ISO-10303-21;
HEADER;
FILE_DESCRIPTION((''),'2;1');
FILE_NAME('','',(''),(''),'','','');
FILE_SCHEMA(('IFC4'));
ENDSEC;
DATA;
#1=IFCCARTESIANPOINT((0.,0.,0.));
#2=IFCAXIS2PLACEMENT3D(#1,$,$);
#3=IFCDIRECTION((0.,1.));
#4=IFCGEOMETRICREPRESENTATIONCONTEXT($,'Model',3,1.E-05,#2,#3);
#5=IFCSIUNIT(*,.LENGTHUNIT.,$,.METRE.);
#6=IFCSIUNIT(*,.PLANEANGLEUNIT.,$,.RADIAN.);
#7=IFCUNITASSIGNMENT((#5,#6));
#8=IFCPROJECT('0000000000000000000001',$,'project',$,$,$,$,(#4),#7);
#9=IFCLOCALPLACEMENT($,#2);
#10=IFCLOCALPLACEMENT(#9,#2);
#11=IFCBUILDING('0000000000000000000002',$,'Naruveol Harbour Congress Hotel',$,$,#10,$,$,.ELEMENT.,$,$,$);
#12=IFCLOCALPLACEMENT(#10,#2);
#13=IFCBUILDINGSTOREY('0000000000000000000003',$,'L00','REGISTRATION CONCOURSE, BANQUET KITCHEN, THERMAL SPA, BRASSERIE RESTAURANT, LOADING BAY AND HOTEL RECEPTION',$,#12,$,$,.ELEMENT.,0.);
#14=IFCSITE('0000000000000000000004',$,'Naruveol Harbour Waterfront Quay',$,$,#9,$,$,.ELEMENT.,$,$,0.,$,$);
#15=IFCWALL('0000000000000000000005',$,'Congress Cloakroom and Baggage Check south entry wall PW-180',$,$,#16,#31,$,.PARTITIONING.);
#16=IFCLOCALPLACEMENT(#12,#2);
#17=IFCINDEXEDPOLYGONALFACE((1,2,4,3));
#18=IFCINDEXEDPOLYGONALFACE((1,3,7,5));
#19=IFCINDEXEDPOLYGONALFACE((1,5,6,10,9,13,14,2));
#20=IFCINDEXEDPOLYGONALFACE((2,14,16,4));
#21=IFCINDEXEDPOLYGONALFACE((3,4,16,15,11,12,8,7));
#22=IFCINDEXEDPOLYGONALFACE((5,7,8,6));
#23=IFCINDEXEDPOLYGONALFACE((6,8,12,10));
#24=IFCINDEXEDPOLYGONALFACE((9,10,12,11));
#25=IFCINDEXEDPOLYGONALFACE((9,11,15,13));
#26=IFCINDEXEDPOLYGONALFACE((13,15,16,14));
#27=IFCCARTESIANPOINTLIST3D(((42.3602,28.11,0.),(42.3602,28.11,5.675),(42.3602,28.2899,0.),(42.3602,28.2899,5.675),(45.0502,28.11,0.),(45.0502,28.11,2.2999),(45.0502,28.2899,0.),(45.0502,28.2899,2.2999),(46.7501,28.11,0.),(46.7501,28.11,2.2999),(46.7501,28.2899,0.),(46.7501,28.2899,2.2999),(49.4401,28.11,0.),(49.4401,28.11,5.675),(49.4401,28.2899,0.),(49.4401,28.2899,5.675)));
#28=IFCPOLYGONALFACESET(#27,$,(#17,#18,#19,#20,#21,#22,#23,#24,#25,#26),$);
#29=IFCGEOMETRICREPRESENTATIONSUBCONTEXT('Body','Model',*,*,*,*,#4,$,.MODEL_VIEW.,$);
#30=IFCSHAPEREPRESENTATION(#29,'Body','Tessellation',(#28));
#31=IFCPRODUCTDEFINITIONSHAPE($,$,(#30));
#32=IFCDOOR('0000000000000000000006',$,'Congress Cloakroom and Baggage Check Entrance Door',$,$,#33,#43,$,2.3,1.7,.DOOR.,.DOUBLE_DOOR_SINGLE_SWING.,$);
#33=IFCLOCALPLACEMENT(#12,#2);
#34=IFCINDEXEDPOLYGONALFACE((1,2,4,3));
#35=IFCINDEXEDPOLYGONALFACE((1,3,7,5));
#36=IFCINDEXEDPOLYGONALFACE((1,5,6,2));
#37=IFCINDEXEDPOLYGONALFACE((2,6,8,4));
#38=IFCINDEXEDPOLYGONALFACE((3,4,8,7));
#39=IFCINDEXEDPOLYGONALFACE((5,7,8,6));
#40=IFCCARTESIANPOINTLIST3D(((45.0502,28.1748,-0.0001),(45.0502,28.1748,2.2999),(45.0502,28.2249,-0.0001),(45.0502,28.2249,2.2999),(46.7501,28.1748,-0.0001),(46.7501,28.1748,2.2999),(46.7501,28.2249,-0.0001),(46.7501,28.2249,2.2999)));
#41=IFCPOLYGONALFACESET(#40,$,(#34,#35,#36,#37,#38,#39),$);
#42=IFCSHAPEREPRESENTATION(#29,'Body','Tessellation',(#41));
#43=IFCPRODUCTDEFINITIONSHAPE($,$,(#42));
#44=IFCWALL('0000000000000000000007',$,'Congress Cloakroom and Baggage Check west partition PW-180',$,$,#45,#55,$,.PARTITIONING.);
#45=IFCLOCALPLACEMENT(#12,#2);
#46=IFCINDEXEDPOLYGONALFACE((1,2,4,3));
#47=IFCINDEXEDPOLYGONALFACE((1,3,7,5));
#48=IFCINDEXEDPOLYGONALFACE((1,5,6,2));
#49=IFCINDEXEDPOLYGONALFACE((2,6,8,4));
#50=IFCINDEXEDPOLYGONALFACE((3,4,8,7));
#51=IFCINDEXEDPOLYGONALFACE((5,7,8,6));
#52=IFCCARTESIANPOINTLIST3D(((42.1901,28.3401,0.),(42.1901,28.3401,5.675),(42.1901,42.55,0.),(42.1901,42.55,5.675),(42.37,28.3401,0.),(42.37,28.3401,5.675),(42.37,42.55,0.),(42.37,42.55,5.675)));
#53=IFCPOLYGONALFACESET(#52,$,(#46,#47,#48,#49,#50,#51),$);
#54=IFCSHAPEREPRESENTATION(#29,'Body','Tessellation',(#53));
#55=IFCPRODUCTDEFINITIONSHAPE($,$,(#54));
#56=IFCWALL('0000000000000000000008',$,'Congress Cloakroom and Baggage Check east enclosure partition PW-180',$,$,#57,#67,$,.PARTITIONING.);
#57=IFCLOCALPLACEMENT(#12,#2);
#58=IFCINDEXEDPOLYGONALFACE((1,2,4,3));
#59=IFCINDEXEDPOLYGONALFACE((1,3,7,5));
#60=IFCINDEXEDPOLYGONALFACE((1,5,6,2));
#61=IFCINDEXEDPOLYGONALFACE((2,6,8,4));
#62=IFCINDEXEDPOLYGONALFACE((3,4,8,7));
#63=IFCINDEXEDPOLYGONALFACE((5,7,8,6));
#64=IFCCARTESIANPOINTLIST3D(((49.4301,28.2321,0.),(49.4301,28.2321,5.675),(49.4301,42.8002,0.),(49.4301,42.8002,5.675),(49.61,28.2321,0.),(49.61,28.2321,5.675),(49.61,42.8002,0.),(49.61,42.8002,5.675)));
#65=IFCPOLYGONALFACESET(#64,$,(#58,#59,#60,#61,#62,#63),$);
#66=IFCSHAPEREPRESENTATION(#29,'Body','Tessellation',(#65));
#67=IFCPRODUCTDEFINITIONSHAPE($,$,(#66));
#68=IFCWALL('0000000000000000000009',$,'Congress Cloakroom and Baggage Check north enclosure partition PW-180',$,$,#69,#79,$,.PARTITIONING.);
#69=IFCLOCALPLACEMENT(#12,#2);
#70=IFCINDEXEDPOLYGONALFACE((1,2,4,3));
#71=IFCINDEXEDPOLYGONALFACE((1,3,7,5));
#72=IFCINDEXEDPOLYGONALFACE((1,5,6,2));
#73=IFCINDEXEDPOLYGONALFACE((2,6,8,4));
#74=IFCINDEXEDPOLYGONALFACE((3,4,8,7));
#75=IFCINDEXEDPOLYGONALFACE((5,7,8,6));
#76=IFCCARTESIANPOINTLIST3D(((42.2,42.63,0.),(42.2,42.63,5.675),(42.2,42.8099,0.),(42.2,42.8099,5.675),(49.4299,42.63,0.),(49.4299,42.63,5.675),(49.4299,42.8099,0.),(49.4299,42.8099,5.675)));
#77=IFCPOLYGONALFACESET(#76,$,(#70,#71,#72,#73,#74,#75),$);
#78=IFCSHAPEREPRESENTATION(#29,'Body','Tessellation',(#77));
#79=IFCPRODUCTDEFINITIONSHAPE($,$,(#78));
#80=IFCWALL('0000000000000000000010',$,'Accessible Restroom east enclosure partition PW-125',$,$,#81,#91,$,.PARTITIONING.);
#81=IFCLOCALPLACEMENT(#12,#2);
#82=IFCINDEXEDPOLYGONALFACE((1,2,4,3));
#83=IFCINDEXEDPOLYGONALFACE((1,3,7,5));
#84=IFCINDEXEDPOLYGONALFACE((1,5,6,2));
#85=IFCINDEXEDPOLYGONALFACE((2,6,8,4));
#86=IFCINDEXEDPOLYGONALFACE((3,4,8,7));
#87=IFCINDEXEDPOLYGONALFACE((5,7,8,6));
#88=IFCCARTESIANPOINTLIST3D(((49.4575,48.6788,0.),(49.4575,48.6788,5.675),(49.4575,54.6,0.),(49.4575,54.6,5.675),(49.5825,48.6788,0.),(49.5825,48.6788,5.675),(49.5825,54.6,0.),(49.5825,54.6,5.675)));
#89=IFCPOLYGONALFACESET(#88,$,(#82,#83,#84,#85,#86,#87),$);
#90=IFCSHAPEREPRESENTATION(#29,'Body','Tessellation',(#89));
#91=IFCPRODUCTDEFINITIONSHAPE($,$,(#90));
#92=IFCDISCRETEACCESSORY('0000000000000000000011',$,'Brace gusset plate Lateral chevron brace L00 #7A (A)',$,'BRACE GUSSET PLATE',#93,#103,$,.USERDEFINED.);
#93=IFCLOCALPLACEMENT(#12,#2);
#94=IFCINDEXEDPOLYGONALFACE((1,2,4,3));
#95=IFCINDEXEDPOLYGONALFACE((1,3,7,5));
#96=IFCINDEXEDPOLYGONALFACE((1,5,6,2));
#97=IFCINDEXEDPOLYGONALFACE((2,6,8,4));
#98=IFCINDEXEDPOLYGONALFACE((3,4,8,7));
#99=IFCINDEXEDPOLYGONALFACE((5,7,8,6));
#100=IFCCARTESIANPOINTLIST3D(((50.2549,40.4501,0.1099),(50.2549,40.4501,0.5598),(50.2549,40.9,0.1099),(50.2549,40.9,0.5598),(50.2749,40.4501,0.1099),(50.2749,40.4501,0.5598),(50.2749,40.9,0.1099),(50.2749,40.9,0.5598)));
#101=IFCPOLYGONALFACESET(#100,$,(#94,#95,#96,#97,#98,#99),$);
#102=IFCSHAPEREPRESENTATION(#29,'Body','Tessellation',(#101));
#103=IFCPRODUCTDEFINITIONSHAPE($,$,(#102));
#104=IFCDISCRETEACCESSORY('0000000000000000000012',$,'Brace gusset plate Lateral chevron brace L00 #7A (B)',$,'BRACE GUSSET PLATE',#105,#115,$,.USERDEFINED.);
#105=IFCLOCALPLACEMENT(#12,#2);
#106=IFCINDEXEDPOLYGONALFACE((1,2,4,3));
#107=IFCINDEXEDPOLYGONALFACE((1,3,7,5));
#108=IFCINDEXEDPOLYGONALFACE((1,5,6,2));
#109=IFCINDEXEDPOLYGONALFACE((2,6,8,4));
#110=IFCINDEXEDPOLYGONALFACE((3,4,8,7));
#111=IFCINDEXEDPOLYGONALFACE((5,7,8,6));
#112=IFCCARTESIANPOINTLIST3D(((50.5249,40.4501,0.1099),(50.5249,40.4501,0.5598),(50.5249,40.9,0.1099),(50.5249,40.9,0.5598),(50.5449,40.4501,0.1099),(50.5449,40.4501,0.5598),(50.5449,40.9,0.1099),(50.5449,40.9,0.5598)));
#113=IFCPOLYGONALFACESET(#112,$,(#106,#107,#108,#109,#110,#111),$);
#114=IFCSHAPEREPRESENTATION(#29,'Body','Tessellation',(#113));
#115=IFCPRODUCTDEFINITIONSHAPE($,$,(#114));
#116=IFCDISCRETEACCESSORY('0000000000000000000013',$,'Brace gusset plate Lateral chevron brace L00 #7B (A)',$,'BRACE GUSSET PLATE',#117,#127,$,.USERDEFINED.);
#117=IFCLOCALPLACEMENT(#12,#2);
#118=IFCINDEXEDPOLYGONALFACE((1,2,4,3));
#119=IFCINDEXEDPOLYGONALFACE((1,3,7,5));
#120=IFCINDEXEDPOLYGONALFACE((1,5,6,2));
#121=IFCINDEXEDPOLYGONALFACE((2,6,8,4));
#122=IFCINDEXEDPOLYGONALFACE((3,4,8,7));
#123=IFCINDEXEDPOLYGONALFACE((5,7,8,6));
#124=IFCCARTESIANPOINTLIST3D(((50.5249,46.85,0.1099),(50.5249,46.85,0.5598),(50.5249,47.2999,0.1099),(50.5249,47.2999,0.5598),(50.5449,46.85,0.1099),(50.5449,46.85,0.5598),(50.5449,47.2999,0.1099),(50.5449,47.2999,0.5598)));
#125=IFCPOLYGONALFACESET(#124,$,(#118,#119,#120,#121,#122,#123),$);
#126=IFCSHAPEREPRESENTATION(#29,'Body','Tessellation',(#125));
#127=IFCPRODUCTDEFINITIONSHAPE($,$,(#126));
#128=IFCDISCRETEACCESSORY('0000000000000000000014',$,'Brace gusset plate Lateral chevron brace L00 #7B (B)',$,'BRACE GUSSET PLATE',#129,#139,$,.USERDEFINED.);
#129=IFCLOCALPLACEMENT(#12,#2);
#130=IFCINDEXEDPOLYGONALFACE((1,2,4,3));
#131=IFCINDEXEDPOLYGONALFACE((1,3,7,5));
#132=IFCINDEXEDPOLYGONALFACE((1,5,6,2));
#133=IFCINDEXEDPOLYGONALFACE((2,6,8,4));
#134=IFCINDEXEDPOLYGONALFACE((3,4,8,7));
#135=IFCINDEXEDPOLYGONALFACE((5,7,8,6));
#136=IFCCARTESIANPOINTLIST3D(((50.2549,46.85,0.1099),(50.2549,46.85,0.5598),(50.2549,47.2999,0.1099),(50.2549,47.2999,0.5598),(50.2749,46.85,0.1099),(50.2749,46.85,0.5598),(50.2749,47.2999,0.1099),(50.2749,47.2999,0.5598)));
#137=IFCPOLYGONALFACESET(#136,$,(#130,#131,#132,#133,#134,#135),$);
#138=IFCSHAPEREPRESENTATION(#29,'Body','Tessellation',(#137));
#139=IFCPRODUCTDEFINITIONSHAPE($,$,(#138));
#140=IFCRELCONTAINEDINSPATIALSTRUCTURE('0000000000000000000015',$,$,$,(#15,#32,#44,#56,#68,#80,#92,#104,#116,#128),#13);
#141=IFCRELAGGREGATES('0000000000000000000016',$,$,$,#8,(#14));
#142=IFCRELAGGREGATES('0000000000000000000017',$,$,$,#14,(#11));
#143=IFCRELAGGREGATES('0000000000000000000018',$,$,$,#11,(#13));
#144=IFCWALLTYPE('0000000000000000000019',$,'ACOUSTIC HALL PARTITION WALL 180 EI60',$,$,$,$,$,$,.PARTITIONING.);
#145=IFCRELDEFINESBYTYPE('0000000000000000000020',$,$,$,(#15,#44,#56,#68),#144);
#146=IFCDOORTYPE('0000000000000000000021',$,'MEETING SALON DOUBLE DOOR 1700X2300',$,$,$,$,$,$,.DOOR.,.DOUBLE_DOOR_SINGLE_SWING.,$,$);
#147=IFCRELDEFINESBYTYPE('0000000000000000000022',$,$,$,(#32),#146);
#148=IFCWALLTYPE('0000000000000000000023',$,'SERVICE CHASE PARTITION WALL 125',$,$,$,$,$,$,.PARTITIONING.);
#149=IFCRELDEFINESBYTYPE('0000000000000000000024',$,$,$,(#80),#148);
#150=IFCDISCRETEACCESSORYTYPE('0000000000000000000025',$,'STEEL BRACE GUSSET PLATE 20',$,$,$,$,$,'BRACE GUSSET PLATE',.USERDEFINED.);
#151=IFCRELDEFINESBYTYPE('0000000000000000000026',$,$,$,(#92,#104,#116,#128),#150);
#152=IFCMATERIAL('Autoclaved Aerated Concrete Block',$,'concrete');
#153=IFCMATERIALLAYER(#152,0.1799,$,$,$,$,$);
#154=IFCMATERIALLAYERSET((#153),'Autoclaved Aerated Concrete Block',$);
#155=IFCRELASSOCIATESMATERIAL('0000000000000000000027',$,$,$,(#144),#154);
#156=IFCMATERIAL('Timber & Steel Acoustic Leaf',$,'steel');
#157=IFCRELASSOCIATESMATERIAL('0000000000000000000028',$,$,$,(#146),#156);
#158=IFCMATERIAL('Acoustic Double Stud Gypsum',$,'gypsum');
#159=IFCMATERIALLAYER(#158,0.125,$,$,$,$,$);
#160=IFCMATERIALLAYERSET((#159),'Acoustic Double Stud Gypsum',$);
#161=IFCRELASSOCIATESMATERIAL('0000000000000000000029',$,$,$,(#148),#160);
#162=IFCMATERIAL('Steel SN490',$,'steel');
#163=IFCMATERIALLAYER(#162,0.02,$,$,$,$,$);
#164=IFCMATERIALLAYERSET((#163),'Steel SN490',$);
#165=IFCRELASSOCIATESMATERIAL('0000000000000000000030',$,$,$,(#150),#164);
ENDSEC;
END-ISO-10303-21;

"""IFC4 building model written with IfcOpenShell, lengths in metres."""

from ifc_helpers import new_model, si_unit, direction, frame, frame_2d, origin, origin_2d, place, context, subcontext, project, spatial, rectangle, extrude, material, layer, layer_set, type_object, element, fill, save


model = new_model("IFC4")

# Units and contexts
model_context = context("Model", 3, precision=1e-05, world=origin(), true_north=direction((0.0, 1.0)))
body_context = subcontext(model_context, "Body", "Model", "MODEL_VIEW")
ifc_project = project(units=[si_unit("LENGTHUNIT", "METRE"), si_unit("PLANEANGLEUNIT", "RADIAN")], contexts=[model_context])

# Site, building, storey
site_placement = place(None, origin())
site = spatial("IfcSite", under=ifc_project, at=site_placement, Name="Naruveol Harbour Waterfront Quay", CompositionType="ELEMENT", RefElevation=0.0)
building_placement = place(site_placement, origin())
building = spatial("IfcBuilding", under=site, at=building_placement, Name="Naruveol Harbour Congress Hotel", CompositionType="ELEMENT")
storey_placement = place(building_placement, origin())
storey = spatial("IfcBuildingStorey", under=building, at=storey_placement, Name="L00", Description="REGISTRATION CONCOURSE, BANQUET KITCHEN, THERMAL SPA, BRASSERIE RESTAURANT, LOADING BAY AND HOTEL RECEPTION", CompositionType="ELEMENT", Elevation=0.0)

# Wall, opening, door
ifc_material_1 = material(Name="Autoclaved Aerated Concrete Block", Category="concrete")
ifc_layer_1 = layer(ifc_material_1, 0.1799)
ifc_layer_set_1 = layer_set([ifc_layer_1], Name="Autoclaved Aerated Concrete Block")
wall_type_1 = type_object("IfcWallType", Name="ACOUSTIC HALL PARTITION WALL 180 EI60", PredefinedType="PARTITIONING", material=ifc_layer_set_1)
wall_1_placement = place(storey_placement, frame((42.3601, 28.2, 0.0), z_axis=(0.0, 0.0, 1.0), x_axis=(1.0, 0.0, 0.0)))
wall_1 = element("IfcWall", 1, at=wall_1_placement, inside=storey, type_object=wall_type_1, Name="Congress Cloakroom and Baggage Check south entry wall PW-180", PredefinedType="PARTITIONING", context=body_context, shape_type="SweptSolid", body=[
    extrude(rectangle(XDim=7.0798, YDim=0.1799, at=frame_2d((3.54, 0.0))), origin(), (0.0, 0.0, 1.0), 5.675),
])
opening_placement = place(wall_1_placement, frame((2.6899, 0.0, 0.0)))
opening = element("IfcOpeningElement", 2, at=opening_placement, cuts=wall_1, PredefinedType="OPENING", context=body_context, shape_type="SweptSolid", body=[
    extrude(rectangle(XDim=1.7, YDim=2.3, at=frame_2d((0.8501, 1.1499))), frame((0.0, 0.0999, 0.0), z_axis=(0.0, -1.0, 0.0), x_axis=(1.0, 0.0, 0.0)), (0.0, 0.0, 1.0), 0.2),
])
ifc_material_2 = material(Name="Timber & Steel Acoustic Leaf", Category="steel")
door_type = type_object("IfcDoorType", Name="MEETING SALON DOUBLE DOOR 1700X2300", OperationType="DOUBLE_DOOR_SINGLE_SWING", PredefinedType="DOOR", material=ifc_material_2)
door_placement = place(opening_placement, origin())
door = element("IfcDoor", 3, at=door_placement, inside=storey, type_object=door_type, Name="Congress Cloakroom and Baggage Check Entrance Door", OperationType="DOUBLE_DOOR_SINGLE_SWING", OverallHeight=2.3, OverallWidth=1.7, PredefinedType="DOOR", context=body_context, shape_type="SweptSolid", body=[
    extrude(rectangle(XDim=1.7, YDim=2.3, at=frame_2d((0.8501, 1.1499))), frame((0.0, 0.0249, 0.0), z_axis=(0.0, -1.0, 0.0), x_axis=(1.0, 0.0, 0.0)), (0.0, 0.0, 1.0), 0.05),
])
fill(opening, door)

# Walls
wall_2_placement = place(storey_placement, frame((42.28, 28.3401, 0.0), z_axis=(0.0, 0.0, 1.0), x_axis=(0.0, 1.0, 0.0)))
element("IfcWall", 4, at=wall_2_placement, inside=storey, type_object=wall_type_1, Name="Congress Cloakroom and Baggage Check west partition PW-180", PredefinedType="PARTITIONING", context=body_context, shape_type="SweptSolid", body=[
    extrude(rectangle(XDim=14.21, YDim=0.1799, at=frame_2d((7.105, 0.0))), origin(), (0.0, 0.0, 1.0), 5.675),
])
wall_3_placement = place(storey_placement, frame((49.52, 28.2319, 0.0), z_axis=(0.0, 0.0, 1.0), x_axis=(0.0, 1.0, 0.0)))
element("IfcWall", 5, at=wall_3_placement, inside=storey, type_object=wall_type_1, Name="Congress Cloakroom and Baggage Check east enclosure partition PW-180", PredefinedType="PARTITIONING", context=body_context, shape_type="SweptSolid", body=[
    extrude(rectangle(XDim=14.5681, YDim=0.1799, at=frame_2d((7.2842, 0.0))), origin(), (0.0, 0.0, 1.0), 5.675),
])
wall_4_placement = place(storey_placement, frame((42.2, 42.72, 0.0), z_axis=(0.0, 0.0, 1.0), x_axis=(1.0, 0.0, 0.0)))
element("IfcWall", 6, at=wall_4_placement, inside=storey, type_object=wall_type_1, Name="Congress Cloakroom and Baggage Check north enclosure partition PW-180", PredefinedType="PARTITIONING", context=body_context, shape_type="SweptSolid", body=[
    extrude(rectangle(XDim=7.23, YDim=0.1799, at=frame_2d((3.615, 0.0))), origin(), (0.0, 0.0, 1.0), 5.675),
])
ifc_material_3 = material(Name="Acoustic Double Stud Gypsum", Category="gypsum")
ifc_layer_2 = layer(ifc_material_3, 0.125)
ifc_layer_set_2 = layer_set([ifc_layer_2], Name="Acoustic Double Stud Gypsum")
wall_type_2 = type_object("IfcWallType", Name="SERVICE CHASE PARTITION WALL 125", PredefinedType="PARTITIONING", material=ifc_layer_set_2)
wall_5_placement = place(storey_placement, frame((49.52, 48.679, 0.0), z_axis=(0.0, 0.0, 1.0), x_axis=(0.0, 1.0, 0.0)))
element("IfcWall", 7, at=wall_5_placement, inside=storey, type_object=wall_type_2, Name="Accessible Restroom east enclosure partition PW-125", PredefinedType="PARTITIONING", context=body_context, shape_type="SweptSolid", body=[
    extrude(rectangle(XDim=5.9211, YDim=0.125, at=frame_2d((2.9604, 0.0))), origin(), (0.0, 0.0, 1.0), 5.675),
])

# Discrete accessories
ifc_material_4 = material(Name="Steel SN490", Category="steel")
ifc_layer_3 = layer(ifc_material_4, 0.02)
ifc_layer_set_3 = layer_set([ifc_layer_3], Name="Steel SN490")
discrete_accessory_type = type_object("IfcDiscreteAccessoryType", Name="STEEL BRACE GUSSET PLATE 20", ElementType="BRACE GUSSET PLATE", PredefinedType="USERDEFINED", material=ifc_layer_set_3)
for number, where, z_axis, x_axis, name in (
    (8, (50.2649, 40.675, 0.1099), (0.0, 0.0, 1.0), (0.0, 1.0, 0.0), "Brace gusset plate Lateral chevron brace L00 #7A (A)"),
    (9, (50.5349, 40.675, 0.1099), (0.0, 0.0, 1.0), (0.0, 1.0, 0.0), "Brace gusset plate Lateral chevron brace L00 #7A (B)"),
    (10, (50.5349, 47.075, 0.1099), (0.0, 0.0, 1.0), (0.0, -1.0, 0.0), "Brace gusset plate Lateral chevron brace L00 #7B (A)"),
    (11, (50.2649, 47.075, 0.1099), (0.0, 0.0, 1.0), (0.0, -1.0, 0.0), "Brace gusset plate Lateral chevron brace L00 #7B (B)"),
):
    element("IfcDiscreteAccessory", number, at=place(storey_placement, frame(where, z_axis=z_axis, x_axis=x_axis)), inside=storey, type_object=discrete_accessory_type, Name=name, ObjectType="BRACE GUSSET PLATE", PredefinedType="USERDEFINED", context=body_context, shape_type="SweptSolid", body=[
        extrude(rectangle(XDim=0.45, YDim=0.02, at=origin_2d()), origin(), (0.0, 0.0, 1.0), 0.45),
    ])

save(model, "model.ifc")
